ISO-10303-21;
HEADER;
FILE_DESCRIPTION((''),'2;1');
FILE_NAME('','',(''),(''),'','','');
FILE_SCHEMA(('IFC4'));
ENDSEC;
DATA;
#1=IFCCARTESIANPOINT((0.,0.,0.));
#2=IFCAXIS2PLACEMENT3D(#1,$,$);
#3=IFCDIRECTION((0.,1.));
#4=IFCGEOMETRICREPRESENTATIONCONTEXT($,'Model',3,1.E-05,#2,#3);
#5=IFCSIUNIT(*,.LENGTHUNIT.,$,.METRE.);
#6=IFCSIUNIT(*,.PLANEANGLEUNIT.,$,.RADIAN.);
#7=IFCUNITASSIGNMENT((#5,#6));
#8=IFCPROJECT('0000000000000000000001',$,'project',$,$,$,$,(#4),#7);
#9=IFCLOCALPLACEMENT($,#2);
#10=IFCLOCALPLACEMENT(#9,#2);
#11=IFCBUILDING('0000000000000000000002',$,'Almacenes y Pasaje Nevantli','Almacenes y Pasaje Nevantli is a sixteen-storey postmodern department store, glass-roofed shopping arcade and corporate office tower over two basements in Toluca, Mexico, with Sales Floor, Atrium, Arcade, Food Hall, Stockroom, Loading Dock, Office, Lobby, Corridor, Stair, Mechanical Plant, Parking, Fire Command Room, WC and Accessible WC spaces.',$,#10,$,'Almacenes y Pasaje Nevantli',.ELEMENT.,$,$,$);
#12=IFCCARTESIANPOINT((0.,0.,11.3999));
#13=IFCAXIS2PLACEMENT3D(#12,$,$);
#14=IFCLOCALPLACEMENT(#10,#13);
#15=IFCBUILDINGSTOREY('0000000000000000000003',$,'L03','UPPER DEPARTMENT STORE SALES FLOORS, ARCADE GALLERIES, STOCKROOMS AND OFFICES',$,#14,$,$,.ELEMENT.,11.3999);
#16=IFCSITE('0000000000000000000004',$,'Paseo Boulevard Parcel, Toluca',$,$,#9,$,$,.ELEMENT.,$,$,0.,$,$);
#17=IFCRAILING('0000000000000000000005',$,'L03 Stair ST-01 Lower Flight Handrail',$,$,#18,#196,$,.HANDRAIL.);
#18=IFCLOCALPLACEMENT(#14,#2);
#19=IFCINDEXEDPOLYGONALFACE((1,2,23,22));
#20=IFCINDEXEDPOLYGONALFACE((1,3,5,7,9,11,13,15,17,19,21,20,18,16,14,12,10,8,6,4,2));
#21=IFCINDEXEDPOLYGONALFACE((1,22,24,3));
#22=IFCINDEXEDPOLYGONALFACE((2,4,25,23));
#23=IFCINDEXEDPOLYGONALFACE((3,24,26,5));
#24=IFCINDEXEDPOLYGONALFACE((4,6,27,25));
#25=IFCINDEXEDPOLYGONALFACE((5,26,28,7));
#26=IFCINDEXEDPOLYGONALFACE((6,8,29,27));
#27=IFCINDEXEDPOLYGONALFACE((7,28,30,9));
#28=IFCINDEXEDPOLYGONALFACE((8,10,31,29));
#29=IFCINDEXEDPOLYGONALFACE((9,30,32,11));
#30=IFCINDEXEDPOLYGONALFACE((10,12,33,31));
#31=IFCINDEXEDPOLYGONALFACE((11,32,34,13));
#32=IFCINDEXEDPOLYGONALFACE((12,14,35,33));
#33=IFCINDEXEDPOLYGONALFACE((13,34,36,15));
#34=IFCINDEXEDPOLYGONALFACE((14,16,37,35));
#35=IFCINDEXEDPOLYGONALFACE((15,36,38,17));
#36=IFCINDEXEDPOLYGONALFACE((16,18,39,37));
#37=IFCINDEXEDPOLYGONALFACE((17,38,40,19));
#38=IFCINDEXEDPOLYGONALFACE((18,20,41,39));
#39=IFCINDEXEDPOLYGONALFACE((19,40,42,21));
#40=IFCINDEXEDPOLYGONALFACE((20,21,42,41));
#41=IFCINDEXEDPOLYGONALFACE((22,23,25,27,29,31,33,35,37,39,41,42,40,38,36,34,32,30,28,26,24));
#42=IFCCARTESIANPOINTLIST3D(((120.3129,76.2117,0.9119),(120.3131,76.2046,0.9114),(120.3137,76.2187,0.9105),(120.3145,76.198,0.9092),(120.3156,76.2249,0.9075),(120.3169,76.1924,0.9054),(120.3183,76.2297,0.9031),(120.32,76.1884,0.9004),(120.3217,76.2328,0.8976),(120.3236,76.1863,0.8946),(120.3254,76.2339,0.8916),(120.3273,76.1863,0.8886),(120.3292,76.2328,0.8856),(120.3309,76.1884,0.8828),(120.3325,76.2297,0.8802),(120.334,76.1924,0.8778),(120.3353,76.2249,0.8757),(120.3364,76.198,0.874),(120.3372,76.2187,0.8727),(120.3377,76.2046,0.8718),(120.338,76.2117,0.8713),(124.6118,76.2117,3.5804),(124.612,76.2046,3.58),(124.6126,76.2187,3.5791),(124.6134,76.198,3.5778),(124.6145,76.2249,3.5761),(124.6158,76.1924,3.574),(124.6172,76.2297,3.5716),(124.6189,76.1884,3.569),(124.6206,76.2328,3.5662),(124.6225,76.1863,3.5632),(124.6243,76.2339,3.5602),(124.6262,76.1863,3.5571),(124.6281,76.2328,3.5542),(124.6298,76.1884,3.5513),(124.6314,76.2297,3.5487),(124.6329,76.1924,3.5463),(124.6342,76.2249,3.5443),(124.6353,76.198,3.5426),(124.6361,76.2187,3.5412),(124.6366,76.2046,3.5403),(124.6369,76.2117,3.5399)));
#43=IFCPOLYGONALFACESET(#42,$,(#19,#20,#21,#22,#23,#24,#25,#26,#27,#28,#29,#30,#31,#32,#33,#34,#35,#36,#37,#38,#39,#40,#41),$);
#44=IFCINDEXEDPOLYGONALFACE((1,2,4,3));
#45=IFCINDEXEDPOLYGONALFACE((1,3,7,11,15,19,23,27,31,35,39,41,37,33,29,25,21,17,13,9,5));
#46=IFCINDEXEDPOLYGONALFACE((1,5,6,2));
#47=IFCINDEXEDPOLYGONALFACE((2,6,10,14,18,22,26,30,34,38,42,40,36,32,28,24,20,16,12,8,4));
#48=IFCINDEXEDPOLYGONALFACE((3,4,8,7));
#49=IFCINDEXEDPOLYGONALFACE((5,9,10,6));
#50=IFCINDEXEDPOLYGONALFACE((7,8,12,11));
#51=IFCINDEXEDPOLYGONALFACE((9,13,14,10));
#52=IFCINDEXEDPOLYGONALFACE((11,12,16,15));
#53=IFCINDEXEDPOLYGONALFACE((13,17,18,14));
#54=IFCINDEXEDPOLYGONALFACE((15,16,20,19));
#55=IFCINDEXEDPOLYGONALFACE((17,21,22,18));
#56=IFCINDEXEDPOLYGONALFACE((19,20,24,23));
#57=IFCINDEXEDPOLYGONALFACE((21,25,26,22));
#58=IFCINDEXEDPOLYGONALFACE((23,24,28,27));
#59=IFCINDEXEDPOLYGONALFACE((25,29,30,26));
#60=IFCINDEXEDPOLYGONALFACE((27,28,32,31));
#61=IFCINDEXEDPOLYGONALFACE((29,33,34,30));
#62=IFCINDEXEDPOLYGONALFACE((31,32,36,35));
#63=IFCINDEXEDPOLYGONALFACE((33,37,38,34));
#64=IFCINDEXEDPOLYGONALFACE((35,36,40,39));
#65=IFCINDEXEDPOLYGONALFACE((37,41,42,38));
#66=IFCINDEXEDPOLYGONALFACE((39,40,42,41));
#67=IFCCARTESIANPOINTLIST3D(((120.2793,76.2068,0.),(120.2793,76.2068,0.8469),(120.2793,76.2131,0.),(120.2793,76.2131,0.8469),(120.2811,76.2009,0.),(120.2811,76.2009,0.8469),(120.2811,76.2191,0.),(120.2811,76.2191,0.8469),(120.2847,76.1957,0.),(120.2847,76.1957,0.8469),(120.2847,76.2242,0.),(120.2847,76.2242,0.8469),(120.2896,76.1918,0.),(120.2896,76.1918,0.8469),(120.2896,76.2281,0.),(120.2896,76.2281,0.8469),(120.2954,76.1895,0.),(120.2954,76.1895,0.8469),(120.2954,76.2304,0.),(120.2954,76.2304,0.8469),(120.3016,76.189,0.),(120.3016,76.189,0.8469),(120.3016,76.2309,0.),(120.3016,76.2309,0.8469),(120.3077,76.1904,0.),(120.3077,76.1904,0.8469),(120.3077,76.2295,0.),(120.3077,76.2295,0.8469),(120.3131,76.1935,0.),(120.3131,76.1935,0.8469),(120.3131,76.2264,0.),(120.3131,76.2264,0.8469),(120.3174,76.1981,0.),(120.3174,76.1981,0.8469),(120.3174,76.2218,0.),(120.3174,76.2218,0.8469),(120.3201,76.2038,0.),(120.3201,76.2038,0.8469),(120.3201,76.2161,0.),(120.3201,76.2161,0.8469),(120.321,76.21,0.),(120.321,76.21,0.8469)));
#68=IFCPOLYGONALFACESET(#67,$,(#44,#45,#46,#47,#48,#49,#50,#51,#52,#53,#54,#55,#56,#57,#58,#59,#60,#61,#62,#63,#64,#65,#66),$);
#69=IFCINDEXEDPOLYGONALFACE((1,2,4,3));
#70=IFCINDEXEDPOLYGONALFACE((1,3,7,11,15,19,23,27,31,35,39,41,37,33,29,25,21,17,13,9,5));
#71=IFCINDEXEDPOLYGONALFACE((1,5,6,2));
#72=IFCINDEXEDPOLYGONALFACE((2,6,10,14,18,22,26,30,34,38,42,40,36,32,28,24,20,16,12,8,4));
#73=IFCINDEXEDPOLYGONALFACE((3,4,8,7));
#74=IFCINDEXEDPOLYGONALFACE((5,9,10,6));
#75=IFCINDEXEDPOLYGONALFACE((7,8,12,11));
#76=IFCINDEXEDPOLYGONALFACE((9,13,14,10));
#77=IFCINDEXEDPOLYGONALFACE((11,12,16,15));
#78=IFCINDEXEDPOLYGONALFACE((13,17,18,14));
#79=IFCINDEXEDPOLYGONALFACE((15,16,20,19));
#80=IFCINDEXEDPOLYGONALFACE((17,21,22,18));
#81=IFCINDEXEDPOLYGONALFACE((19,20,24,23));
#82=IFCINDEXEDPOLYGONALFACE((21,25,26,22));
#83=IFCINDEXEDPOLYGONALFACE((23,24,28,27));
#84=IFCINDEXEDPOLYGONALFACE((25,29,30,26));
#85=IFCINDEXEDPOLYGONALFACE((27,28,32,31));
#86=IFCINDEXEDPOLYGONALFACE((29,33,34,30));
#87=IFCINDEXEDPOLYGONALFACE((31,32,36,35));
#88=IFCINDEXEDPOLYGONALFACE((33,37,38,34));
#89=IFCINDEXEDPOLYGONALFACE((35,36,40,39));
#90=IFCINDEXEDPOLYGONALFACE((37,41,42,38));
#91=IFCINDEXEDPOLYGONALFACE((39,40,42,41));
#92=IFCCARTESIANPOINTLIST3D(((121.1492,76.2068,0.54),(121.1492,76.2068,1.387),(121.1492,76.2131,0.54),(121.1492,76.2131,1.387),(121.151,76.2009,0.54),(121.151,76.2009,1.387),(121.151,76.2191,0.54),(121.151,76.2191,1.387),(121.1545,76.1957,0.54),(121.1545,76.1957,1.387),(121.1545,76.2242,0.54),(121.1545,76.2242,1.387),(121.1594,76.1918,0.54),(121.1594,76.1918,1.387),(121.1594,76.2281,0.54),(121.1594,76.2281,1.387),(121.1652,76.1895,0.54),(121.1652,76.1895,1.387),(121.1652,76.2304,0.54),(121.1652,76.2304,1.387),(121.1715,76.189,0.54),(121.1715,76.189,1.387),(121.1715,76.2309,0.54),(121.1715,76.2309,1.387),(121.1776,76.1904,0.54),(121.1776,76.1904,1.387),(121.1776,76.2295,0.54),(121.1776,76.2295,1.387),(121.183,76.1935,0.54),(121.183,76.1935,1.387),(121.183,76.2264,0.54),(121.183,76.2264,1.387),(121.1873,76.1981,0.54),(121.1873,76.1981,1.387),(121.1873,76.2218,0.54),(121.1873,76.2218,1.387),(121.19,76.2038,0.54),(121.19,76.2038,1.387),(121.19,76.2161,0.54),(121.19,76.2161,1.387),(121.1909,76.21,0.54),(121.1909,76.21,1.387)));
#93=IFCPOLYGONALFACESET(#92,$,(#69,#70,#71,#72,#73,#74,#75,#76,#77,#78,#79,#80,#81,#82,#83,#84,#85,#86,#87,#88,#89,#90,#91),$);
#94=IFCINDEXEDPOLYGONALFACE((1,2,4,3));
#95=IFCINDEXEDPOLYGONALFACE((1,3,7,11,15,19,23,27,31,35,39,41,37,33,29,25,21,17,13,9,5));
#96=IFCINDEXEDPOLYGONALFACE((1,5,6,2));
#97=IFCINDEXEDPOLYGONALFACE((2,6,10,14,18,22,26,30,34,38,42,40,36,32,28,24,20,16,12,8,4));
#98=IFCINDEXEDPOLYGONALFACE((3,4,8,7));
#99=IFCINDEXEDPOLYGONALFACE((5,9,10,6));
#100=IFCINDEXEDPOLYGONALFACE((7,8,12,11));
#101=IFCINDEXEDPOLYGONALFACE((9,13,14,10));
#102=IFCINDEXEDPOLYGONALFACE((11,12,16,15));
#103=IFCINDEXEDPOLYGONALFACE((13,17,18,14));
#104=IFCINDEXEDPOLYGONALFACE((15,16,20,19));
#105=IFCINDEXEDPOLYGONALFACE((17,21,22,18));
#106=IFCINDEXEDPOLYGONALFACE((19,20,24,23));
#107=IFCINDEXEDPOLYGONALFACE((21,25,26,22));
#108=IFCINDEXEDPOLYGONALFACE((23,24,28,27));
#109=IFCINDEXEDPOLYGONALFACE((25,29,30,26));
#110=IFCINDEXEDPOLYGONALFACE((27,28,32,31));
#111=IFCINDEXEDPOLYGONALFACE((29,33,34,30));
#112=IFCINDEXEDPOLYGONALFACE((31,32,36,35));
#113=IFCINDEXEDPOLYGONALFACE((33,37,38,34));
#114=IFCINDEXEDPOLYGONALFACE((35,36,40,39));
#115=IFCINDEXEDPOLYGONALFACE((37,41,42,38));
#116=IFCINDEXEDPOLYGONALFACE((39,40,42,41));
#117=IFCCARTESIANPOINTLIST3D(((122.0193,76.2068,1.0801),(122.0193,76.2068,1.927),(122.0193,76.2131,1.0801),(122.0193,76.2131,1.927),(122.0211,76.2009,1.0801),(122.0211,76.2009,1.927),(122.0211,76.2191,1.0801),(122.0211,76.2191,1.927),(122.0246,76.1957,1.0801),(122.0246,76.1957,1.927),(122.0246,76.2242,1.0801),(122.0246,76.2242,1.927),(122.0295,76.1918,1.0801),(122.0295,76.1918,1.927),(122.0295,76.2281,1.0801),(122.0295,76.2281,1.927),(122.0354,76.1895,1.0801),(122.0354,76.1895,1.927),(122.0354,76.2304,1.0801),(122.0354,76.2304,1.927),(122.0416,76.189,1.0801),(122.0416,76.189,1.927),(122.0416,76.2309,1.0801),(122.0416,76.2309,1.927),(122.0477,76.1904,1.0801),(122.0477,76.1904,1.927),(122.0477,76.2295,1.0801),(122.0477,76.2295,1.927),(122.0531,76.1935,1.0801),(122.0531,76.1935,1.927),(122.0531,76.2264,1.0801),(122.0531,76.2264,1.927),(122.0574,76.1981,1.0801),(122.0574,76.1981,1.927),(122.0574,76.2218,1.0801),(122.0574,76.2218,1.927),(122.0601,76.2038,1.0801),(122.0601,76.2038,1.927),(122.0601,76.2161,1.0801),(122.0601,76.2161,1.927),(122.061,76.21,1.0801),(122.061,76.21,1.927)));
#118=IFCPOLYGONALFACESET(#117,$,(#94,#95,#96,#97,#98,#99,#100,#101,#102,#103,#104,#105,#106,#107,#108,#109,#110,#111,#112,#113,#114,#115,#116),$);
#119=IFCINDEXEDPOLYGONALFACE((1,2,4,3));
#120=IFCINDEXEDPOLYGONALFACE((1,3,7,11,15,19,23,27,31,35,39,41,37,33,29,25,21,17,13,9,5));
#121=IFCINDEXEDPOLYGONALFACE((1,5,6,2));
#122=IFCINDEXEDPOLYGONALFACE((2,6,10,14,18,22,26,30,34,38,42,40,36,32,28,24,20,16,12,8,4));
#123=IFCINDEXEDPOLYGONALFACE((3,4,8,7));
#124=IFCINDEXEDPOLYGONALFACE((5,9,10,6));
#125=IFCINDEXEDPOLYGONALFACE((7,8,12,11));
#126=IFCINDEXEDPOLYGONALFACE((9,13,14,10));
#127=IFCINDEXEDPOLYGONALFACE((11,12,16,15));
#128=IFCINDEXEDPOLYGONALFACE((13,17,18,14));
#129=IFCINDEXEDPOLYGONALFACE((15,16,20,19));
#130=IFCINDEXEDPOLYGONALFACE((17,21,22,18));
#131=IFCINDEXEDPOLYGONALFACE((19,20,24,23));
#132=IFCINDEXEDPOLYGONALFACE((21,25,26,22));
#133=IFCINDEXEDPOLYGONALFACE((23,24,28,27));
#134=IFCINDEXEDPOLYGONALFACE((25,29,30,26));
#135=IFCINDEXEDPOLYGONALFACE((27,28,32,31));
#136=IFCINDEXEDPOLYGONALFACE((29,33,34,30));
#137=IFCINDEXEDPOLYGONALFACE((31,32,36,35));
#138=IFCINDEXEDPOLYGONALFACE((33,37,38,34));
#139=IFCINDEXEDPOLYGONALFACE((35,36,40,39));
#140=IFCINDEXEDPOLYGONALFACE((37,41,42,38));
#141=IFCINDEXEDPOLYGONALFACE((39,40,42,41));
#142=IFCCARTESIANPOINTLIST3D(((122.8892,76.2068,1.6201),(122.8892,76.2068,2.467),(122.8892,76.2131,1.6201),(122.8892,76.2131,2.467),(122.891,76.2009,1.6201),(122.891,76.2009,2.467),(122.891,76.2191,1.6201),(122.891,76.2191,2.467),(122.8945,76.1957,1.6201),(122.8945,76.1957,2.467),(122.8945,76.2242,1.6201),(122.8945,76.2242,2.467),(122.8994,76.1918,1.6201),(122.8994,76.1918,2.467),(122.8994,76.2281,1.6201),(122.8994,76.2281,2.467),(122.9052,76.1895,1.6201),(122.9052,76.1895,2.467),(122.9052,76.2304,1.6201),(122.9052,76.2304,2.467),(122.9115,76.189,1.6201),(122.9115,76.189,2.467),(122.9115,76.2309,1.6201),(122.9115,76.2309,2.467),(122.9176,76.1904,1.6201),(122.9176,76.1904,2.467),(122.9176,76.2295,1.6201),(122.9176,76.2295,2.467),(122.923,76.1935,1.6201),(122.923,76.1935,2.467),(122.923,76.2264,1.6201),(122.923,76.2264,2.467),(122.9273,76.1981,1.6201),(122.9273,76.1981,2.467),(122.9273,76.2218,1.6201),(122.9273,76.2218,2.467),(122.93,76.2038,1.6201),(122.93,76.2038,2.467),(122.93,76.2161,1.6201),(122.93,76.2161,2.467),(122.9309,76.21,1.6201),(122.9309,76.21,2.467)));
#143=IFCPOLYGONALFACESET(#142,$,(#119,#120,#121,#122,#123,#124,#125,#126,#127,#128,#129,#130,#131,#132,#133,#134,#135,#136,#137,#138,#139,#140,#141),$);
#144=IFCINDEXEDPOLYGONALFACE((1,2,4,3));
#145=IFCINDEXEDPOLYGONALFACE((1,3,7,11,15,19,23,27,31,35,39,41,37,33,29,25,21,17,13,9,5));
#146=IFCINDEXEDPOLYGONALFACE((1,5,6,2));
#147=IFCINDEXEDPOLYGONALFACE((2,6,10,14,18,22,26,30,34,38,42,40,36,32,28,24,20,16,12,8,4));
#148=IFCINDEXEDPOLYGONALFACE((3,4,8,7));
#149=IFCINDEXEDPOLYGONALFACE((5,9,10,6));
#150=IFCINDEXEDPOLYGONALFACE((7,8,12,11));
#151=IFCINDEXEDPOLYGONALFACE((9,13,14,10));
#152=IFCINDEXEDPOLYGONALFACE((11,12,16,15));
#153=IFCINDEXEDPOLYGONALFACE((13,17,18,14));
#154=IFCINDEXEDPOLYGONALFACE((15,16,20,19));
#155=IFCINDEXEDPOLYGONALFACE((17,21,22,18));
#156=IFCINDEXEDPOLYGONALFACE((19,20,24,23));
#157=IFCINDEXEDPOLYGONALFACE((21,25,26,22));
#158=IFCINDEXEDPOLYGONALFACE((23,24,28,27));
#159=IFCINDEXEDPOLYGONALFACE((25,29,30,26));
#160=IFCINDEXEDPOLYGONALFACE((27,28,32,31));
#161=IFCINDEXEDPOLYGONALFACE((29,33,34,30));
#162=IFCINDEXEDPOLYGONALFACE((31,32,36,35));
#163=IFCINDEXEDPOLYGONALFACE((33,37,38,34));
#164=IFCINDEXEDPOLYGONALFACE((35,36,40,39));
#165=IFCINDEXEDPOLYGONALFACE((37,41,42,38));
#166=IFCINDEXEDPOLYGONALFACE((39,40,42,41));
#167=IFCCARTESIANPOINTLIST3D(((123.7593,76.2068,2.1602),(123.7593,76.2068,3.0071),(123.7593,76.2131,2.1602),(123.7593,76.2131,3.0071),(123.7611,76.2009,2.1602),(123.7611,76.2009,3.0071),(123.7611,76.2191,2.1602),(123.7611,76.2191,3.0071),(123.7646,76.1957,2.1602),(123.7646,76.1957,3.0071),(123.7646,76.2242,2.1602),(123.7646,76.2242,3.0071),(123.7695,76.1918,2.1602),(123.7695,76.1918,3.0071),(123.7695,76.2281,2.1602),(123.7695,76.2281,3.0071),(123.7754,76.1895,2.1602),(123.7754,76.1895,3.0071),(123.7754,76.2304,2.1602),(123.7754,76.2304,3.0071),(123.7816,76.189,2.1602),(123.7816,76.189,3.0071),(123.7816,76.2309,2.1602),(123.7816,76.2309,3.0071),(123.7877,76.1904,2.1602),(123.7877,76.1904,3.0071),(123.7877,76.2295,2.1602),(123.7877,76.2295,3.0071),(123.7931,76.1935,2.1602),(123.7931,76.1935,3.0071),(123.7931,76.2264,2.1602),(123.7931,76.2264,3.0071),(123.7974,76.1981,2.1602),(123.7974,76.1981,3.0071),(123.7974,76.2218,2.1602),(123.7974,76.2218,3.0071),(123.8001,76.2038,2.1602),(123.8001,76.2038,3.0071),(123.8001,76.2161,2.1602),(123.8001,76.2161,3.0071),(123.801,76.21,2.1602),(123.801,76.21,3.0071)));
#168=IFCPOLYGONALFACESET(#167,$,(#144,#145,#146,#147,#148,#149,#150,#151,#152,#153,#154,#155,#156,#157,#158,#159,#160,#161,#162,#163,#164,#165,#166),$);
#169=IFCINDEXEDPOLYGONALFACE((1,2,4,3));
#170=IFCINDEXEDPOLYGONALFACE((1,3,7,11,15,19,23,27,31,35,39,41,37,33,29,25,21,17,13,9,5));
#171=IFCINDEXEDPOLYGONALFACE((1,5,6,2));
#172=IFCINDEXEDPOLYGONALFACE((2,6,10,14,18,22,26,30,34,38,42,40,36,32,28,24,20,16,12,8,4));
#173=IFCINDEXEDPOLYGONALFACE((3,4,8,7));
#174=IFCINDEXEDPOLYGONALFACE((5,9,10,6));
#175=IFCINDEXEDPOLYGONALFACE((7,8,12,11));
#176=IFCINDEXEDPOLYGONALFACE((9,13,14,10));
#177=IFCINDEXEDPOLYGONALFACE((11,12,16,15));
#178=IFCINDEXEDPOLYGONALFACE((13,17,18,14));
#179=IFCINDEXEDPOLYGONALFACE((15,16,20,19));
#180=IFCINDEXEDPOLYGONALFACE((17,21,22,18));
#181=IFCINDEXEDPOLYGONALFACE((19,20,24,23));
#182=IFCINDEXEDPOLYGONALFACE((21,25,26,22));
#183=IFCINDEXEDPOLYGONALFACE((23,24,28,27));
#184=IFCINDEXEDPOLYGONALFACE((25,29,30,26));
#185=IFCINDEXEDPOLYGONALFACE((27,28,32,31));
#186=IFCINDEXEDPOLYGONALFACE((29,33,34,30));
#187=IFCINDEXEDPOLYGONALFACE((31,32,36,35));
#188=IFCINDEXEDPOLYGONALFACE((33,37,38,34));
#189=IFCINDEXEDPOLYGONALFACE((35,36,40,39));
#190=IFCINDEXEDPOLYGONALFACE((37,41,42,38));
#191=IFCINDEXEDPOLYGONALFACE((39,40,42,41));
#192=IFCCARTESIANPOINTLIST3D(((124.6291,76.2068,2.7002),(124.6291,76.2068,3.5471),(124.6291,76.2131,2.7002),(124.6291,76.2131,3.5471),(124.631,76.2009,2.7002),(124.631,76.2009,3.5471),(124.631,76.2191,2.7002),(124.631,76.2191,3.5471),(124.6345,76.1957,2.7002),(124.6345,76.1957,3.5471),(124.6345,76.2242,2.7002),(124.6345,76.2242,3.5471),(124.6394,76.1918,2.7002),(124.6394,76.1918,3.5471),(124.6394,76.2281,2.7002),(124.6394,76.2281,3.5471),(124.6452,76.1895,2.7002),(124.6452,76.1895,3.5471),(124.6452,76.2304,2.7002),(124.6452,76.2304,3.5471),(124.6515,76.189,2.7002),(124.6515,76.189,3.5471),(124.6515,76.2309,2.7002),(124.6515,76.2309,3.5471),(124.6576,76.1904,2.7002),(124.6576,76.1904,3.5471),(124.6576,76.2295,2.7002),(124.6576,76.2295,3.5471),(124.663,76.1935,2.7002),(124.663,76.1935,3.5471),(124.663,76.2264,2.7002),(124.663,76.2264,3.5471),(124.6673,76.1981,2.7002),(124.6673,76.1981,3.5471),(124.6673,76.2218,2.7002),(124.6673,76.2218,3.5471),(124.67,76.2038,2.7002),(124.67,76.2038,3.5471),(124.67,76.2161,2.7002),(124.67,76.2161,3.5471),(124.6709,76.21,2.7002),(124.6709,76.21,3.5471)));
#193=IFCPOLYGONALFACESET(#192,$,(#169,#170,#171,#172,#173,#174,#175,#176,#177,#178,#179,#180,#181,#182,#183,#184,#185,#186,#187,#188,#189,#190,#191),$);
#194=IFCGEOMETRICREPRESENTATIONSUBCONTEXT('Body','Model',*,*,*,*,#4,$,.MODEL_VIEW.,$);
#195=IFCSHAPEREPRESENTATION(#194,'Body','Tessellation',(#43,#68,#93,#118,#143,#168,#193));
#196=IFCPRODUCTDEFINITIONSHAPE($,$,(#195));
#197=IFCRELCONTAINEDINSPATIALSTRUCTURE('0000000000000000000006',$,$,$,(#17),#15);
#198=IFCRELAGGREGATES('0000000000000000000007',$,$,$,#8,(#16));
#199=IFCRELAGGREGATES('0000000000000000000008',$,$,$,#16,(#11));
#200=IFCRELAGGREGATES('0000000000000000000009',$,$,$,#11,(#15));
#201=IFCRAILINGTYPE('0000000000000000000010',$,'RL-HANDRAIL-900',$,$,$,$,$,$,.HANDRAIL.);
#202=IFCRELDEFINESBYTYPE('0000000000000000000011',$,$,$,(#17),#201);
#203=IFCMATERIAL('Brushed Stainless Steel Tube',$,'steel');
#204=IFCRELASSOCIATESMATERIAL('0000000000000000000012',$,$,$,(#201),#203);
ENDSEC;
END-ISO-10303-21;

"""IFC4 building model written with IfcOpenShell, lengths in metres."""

from ifc_helpers import new_model, si_unit, direction, frame, origin, origin_2d, place, context, subcontext, project, spatial, circle, extrude, material, type_object, element, save


model = new_model("IFC4")

# Units and contexts
model_context = context("Model", 3, precision=1e-05, world=origin(), true_north=direction((0.0, 1.0)))
body_context = subcontext(model_context, "Body", "Model", "MODEL_VIEW")
ifc_project = project(units=[si_unit("LENGTHUNIT", "METRE"), si_unit("PLANEANGLEUNIT", "RADIAN")], contexts=[model_context])

# Site, building, storey
site_placement = place(None, origin())
site = spatial("IfcSite", under=ifc_project, at=site_placement, Name="Paseo Boulevard Parcel, Toluca", CompositionType="ELEMENT", RefElevation=0.0)
building_placement = place(site_placement, origin())
building = spatial("IfcBuilding", under=site, at=building_placement, Name="Almacenes y Pasaje Nevantli", Description="Almacenes y Pasaje Nevantli is a sixteen-storey postmodern department store, glass-roofed shopping arcade and corporate office tower over two basements in Toluca, Mexico, with Sales Floor, Atrium, Arcade, Food Hall, Stockroom, Loading Dock, Office, Lobby, Corridor, Stair, Mechanical Plant, Parking, Fire Command Room, WC and Accessible WC spaces.", LongName="Almacenes y Pasaje Nevantli", CompositionType="ELEMENT")
storey_placement = place(building_placement, frame((0.0, 0.0, 11.3999)))
storey = spatial("IfcBuildingStorey", under=building, at=storey_placement, Name="L03", Description="UPPER DEPARTMENT STORE SALES FLOORS, ARCADE GALLERIES, STOCKROOMS AND OFFICES", CompositionType="ELEMENT", Elevation=11.3999)

# Railing
ifc_material_1 = material(Name="Brushed Stainless Steel Tube", Category="steel")
railing_type_1 = type_object("IfcRailingType", Name="RL-HANDRAIL-900", PredefinedType="HANDRAIL", material=ifc_material_1)
railing_1_placement = place(storey_placement, frame((120.3, 76.21, 0.0)))
element("IfcRailing", 1, at=railing_1_placement, inside=storey, type_object=railing_type_1, Name="L03 Stair ST-01 Lower Flight Handrail", PredefinedType="HANDRAIL", context=body_context, shape_type="SweptSolid", body=[
    extrude(circle(Radius=0.0239, at=origin_2d()), frame((0.0254, 0.0, 0.8916), z_axis=(0.849615, 0.0, 0.527403), x_axis=(0.0, 1.0, 0.0)), (0.0, 0.0, 1.0), 5.0598),
    extrude(circle(Radius=0.021, at=origin_2d()), origin(), (0.0, 0.0, 1.0), 0.8469),
    extrude(circle(Radius=0.021, at=origin_2d()), frame((0.8699, 0.0, 0.54)), (0.0, 0.0, 1.0), 0.8469),
    extrude(circle(Radius=0.021, at=origin_2d()), frame((1.74, 0.0, 1.0801)), (0.0, 0.0, 1.0), 0.8469),
    extrude(circle(Radius=0.021, at=origin_2d()), frame((2.6099, 0.0, 1.6201)), (0.0, 0.0, 1.0), 0.8469),
    extrude(circle(Radius=0.021, at=origin_2d()), frame((3.48, 0.0, 2.1602)), (0.0, 0.0, 1.0), 0.8469),
    extrude(circle(Radius=0.021, at=origin_2d()), frame((4.3499, 0.0, 2.7002)), (0.0, 0.0, 1.0), 0.8469),
])

save(model, "model.ifc")
